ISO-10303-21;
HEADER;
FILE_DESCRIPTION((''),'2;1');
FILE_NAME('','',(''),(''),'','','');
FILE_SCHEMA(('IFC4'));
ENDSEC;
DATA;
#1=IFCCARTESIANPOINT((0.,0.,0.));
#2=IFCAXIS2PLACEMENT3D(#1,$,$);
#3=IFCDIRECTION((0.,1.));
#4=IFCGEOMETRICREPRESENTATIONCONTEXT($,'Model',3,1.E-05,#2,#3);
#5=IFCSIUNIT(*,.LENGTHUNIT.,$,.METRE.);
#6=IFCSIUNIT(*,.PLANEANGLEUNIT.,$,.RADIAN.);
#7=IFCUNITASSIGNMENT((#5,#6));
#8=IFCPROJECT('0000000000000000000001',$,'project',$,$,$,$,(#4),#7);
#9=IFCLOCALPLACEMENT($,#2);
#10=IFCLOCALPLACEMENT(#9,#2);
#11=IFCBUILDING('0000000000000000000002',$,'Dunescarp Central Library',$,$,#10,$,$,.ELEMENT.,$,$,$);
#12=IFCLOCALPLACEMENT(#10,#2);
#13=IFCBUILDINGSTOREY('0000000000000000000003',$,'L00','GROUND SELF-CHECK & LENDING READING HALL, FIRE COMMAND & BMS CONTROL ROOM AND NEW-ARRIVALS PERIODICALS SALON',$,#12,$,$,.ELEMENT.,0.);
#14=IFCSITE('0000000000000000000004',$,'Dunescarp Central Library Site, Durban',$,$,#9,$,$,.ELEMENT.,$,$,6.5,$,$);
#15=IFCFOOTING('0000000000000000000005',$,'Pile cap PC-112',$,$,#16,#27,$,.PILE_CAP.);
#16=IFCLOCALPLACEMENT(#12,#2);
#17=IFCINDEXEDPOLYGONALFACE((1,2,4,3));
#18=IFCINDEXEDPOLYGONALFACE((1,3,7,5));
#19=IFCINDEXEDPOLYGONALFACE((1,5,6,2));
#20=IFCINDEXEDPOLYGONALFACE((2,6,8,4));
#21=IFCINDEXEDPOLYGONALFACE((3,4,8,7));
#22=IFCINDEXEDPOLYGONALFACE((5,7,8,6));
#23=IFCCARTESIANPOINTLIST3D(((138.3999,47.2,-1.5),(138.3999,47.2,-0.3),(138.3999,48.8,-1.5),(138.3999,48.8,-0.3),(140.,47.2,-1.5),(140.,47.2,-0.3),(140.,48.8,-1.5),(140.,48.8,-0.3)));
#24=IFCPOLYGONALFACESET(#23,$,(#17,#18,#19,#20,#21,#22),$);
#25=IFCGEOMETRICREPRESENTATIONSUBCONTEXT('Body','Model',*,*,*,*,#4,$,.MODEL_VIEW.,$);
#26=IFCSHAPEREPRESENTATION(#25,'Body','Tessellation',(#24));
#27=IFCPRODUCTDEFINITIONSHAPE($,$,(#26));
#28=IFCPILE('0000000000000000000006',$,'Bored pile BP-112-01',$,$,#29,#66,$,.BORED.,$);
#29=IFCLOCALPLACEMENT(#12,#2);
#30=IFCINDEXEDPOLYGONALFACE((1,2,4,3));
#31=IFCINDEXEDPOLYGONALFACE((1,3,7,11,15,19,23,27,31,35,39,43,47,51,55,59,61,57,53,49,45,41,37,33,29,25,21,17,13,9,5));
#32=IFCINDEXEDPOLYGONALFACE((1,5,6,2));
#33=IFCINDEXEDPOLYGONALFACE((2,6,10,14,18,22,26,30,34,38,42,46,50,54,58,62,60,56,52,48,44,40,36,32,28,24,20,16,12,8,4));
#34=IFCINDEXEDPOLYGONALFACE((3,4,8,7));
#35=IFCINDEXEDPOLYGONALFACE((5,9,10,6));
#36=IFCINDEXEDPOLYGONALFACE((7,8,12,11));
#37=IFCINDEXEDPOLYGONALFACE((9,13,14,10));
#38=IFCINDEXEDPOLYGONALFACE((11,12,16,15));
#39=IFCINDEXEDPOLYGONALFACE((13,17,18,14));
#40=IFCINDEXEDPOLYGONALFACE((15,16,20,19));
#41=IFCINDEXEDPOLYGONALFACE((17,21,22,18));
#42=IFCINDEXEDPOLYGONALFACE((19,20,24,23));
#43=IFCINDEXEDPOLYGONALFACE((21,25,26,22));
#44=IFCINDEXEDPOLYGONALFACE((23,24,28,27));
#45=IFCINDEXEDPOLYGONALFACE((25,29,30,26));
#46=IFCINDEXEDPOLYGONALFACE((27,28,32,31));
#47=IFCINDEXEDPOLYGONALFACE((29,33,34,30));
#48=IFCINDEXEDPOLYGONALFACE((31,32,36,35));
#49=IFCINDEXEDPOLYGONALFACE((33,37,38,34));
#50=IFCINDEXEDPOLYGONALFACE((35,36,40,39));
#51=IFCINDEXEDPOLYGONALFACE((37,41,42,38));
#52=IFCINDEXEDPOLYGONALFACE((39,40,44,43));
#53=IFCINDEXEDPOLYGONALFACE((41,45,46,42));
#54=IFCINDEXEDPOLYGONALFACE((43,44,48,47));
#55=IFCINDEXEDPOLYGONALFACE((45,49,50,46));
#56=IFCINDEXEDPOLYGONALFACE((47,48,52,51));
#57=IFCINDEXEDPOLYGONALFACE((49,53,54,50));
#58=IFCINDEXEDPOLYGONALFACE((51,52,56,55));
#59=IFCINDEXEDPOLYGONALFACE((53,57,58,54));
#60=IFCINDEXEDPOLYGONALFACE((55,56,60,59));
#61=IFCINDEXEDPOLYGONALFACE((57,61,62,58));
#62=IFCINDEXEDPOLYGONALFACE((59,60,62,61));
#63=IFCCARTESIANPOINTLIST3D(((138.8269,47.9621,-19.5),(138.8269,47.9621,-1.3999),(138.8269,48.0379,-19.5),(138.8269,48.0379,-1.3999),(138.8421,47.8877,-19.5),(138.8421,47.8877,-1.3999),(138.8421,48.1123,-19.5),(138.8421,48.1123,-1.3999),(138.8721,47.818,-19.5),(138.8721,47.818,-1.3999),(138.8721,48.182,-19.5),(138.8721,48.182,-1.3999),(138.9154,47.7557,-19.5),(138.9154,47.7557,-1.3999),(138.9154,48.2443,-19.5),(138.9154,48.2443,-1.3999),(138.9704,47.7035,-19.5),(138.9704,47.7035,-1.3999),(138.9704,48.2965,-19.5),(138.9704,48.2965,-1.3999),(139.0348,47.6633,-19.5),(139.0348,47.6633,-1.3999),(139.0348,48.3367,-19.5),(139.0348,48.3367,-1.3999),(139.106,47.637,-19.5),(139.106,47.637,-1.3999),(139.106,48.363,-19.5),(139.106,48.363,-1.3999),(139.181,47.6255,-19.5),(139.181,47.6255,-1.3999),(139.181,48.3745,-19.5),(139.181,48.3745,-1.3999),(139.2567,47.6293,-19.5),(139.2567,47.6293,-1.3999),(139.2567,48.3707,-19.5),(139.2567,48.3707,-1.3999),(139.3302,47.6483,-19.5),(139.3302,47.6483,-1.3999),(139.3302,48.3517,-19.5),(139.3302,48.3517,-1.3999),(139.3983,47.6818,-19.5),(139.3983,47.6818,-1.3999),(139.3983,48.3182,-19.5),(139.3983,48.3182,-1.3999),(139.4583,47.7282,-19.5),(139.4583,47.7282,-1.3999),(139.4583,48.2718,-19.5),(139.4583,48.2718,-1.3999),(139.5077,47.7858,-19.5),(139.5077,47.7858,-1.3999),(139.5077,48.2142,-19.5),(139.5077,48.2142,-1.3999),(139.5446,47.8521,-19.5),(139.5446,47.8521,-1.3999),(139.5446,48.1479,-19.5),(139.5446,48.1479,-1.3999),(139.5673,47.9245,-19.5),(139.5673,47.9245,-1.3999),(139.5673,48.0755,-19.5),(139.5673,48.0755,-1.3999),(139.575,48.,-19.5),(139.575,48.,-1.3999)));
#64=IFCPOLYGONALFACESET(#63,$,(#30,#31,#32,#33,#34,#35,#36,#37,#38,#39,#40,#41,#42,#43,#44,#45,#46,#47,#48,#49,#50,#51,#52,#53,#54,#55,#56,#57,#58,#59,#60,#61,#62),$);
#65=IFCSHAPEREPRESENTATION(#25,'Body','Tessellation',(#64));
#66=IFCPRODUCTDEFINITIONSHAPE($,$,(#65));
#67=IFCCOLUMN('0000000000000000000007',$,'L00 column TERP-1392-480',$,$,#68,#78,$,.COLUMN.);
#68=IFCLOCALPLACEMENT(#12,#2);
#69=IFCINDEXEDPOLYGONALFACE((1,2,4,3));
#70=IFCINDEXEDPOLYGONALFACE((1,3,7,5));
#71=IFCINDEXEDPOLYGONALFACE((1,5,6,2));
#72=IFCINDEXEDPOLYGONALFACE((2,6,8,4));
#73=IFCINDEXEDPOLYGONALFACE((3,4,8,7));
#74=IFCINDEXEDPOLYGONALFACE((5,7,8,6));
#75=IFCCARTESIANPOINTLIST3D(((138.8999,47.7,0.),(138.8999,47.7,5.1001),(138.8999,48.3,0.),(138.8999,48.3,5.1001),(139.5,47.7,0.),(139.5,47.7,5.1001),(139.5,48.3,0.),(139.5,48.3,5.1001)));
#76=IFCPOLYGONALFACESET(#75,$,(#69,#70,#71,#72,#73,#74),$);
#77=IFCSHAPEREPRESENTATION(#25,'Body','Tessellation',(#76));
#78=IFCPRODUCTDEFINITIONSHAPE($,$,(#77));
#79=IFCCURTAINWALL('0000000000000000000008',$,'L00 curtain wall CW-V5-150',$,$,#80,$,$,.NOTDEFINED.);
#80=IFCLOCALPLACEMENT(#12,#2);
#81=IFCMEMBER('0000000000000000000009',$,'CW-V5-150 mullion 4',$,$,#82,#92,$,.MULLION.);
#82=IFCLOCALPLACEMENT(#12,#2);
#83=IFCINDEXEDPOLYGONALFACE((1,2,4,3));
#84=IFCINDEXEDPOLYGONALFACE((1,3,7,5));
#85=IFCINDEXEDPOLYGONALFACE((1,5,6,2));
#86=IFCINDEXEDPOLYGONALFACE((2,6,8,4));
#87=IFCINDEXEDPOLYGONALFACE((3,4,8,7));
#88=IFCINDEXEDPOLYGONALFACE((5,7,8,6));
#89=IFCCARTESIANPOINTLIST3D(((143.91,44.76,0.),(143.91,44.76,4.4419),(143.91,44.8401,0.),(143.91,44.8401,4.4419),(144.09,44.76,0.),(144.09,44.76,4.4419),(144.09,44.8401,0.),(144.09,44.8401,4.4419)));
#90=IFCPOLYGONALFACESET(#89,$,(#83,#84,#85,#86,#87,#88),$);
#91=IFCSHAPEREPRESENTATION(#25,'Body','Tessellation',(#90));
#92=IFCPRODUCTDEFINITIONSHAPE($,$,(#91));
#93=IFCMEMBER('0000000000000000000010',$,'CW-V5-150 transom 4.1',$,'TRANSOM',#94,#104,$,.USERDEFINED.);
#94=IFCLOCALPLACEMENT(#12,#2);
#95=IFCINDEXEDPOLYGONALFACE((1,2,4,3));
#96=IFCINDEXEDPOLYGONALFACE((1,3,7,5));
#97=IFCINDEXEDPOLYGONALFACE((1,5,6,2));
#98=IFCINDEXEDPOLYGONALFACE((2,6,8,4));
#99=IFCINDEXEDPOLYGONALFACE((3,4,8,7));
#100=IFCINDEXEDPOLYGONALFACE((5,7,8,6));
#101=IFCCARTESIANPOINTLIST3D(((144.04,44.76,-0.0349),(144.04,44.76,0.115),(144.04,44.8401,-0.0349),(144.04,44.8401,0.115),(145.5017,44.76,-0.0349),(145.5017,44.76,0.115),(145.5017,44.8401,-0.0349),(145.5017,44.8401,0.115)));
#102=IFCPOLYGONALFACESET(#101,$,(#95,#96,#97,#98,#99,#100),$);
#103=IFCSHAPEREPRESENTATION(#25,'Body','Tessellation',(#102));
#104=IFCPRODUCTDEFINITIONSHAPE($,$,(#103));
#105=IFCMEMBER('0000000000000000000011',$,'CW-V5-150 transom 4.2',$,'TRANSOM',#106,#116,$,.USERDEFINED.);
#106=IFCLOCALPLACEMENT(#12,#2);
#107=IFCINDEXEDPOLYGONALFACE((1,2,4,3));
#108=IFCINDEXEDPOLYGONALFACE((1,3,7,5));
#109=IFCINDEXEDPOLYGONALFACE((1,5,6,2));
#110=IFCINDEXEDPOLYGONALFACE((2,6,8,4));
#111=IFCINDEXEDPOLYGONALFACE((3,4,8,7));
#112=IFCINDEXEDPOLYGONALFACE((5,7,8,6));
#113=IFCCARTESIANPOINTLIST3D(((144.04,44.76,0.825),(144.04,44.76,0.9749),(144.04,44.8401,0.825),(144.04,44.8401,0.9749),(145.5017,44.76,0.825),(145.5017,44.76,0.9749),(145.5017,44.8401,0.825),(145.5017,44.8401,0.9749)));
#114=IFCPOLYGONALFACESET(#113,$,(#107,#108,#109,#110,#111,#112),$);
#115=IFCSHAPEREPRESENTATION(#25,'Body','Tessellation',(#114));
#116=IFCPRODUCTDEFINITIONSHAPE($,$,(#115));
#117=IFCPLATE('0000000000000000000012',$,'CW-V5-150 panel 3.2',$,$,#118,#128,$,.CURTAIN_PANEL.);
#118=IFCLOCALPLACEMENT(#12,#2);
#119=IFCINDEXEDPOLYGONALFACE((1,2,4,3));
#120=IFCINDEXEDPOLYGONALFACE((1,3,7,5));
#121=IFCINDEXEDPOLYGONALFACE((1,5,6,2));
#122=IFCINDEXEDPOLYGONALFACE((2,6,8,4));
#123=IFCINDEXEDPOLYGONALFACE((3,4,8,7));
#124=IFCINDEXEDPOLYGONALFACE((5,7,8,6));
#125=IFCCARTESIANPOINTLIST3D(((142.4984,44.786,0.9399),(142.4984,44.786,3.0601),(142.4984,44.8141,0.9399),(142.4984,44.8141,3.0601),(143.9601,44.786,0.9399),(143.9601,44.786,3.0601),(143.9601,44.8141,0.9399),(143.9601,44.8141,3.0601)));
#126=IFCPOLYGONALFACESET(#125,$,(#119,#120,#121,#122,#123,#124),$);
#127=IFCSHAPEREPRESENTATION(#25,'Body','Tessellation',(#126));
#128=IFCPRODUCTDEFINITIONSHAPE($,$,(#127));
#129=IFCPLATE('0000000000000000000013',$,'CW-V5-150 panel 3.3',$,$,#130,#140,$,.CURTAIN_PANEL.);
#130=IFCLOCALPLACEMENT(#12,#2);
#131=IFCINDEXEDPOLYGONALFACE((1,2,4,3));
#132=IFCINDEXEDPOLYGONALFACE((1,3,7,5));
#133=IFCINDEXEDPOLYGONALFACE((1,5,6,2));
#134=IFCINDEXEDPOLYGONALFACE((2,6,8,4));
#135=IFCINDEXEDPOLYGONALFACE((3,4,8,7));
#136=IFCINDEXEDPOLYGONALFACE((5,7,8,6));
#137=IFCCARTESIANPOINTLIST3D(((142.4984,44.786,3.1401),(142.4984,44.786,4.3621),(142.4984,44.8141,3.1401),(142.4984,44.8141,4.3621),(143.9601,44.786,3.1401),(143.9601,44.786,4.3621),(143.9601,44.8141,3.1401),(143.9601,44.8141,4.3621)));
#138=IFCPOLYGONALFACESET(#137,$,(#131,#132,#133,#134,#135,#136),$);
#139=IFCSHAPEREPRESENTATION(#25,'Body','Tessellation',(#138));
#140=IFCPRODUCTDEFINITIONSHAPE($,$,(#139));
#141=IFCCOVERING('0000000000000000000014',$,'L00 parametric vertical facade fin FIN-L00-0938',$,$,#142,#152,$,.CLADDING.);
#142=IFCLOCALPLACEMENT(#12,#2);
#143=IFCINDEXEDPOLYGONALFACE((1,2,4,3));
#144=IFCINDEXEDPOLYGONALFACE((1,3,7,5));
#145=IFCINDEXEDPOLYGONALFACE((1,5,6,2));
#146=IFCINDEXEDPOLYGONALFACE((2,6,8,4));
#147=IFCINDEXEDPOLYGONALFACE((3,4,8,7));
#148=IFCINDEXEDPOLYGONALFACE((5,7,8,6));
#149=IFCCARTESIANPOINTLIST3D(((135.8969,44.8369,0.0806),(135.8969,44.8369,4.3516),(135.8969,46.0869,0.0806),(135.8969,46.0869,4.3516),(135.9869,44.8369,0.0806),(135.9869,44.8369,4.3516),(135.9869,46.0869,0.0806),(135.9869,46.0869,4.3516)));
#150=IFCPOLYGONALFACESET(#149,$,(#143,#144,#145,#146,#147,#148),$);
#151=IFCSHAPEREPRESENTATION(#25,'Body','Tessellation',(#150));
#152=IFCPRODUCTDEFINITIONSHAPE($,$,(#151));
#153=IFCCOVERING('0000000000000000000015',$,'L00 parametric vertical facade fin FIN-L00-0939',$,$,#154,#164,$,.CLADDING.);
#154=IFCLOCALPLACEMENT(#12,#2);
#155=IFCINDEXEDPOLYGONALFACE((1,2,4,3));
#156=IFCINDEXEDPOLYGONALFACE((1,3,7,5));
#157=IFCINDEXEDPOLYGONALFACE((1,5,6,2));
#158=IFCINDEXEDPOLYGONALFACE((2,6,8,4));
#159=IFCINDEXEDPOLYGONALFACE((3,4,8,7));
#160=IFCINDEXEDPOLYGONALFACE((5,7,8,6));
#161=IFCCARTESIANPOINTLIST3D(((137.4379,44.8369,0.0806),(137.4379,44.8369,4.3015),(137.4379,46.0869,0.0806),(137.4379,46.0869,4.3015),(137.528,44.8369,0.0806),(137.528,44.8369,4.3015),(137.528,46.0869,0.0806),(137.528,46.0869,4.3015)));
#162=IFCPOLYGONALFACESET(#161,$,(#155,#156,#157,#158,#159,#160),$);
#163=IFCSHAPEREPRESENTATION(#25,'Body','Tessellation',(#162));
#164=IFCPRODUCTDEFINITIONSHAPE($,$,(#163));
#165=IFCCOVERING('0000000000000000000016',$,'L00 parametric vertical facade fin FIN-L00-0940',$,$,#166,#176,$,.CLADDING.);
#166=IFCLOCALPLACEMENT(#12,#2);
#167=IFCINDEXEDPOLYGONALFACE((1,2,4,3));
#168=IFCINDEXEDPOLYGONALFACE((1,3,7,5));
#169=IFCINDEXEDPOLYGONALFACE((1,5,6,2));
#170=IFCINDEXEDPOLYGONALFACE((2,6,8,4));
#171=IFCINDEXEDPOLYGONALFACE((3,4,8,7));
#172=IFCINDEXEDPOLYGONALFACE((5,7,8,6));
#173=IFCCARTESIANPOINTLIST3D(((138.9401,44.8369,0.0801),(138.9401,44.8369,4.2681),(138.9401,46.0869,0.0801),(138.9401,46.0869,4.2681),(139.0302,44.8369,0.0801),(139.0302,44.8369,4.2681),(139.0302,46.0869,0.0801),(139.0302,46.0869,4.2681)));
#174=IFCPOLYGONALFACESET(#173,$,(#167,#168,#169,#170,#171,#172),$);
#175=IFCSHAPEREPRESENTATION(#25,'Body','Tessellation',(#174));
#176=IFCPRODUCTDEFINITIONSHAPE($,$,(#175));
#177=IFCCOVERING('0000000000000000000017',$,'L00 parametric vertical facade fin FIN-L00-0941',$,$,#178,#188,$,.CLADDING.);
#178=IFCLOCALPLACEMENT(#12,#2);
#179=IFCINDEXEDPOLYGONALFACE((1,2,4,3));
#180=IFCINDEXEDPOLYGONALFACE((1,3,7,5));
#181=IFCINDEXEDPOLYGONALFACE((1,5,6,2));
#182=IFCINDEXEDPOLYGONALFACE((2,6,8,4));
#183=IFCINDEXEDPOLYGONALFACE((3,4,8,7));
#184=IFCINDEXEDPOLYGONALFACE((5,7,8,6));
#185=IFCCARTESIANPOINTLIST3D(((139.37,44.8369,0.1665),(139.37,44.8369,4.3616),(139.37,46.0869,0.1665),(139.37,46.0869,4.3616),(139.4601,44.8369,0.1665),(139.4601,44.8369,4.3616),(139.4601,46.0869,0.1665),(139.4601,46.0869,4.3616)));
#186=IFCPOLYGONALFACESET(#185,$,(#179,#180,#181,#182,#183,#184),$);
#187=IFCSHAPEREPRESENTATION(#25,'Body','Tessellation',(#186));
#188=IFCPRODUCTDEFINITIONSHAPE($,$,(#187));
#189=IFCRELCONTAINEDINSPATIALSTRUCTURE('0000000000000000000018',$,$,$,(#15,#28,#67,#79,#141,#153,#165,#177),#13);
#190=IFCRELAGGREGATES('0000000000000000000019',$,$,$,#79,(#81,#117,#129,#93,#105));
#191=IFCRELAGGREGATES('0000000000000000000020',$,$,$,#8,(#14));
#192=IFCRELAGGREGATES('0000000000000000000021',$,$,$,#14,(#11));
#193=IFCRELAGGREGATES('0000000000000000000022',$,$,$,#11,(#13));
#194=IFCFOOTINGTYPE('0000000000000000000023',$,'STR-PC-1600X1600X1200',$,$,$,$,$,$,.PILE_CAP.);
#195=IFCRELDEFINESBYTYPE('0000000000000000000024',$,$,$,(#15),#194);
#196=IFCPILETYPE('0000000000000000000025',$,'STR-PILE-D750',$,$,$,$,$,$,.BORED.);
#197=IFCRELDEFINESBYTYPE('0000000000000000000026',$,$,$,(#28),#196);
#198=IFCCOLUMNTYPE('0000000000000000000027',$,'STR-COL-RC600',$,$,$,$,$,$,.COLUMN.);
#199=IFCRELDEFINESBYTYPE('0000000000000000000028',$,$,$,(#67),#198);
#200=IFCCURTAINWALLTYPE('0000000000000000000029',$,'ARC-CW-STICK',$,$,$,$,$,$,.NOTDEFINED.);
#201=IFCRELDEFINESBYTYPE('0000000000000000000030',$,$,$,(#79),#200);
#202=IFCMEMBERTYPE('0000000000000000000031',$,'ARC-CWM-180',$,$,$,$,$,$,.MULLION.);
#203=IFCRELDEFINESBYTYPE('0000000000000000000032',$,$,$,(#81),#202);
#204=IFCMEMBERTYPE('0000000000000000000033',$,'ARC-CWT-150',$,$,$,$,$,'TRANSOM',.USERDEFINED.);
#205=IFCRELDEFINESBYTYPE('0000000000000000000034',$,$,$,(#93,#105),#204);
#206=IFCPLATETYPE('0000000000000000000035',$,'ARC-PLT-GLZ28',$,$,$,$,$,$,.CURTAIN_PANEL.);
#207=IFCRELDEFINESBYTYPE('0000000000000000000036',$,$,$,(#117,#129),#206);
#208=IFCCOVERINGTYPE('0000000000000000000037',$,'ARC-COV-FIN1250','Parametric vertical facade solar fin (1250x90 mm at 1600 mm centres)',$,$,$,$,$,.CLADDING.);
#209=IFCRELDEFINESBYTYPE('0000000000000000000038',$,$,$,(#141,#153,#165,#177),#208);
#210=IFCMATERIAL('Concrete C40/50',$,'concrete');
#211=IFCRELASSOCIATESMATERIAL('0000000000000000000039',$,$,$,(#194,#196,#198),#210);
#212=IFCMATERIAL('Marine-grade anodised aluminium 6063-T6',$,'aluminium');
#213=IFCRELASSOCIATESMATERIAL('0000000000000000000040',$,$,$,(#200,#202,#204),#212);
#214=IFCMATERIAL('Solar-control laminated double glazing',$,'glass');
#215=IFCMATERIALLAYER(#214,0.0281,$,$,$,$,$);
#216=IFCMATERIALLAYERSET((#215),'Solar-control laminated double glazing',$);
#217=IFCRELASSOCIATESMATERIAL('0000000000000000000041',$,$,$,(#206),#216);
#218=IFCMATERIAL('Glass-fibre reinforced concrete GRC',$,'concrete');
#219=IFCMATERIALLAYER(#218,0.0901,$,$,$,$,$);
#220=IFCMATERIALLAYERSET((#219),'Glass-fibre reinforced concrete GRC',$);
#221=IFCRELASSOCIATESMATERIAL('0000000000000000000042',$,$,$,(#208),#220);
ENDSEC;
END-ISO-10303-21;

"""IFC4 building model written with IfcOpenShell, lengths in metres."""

from ifc_helpers import new_model, si_unit, direction, frame, origin, origin_2d, place, context, subcontext, project, spatial, rectangle, circle, extrude, material, layer, layer_set, material_profile, profile_set, type_object, element, aggregate, save


model = new_model("IFC4")

# Units and contexts
model_context = context("Model", 3, precision=1e-05, world=origin(), true_north=direction((0.0, 1.0)))
body_context = subcontext(model_context, "Body", "Model", "MODEL_VIEW")
ifc_project = project(units=[si_unit("LENGTHUNIT", "METRE"), si_unit("PLANEANGLEUNIT", "RADIAN")], contexts=[model_context])

# Site, building, storey
site_placement = place(None, origin())
site = spatial("IfcSite", under=ifc_project, at=site_placement, Name="Dunescarp Central Library Site, Durban", CompositionType="ELEMENT", RefElevation=6.5)
building_placement = place(site_placement, origin())
building = spatial("IfcBuilding", under=site, at=building_placement, Name="Dunescarp Central Library", CompositionType="ELEMENT")
storey_placement = place(building_placement, origin())
storey = spatial("IfcBuildingStorey", under=building, at=storey_placement, Name="L00", Description="GROUND SELF-CHECK & LENDING READING HALL, FIRE COMMAND & BMS CONTROL ROOM AND NEW-ARRIVALS PERIODICALS SALON", CompositionType="ELEMENT", Elevation=0.0)

# Footing
ifc_material_1 = material(Name="Concrete C40/50", Category="concrete")
footing_type = type_object("IfcFootingType", Name="STR-PC-1600X1600X1200", PredefinedType="PILE_CAP", material=ifc_material_1)
footing_placement = place(storey_placement, frame((139.2, 48.0, -1.5), z_axis=(0.0, 0.0, 1.0), x_axis=(1.0, 0.0, 0.0)))
element("IfcFooting", 1, at=footing_placement, inside=storey, type_object=footing_type, Name="Pile cap PC-112", PredefinedType="PILE_CAP", context=body_context, shape_type="SweptSolid", body=[
    extrude(rectangle(XDim=1.6001, YDim=1.6001, at=origin_2d()), origin(), (0.0, 0.0, 1.0), 1.2),
])

# Pile
ifc_material_profile_1 = material_profile(ifc_material_1, circle(Radius=0.375, at=origin_2d()), Name="PILE D750")
ifc_profile_set_1 = profile_set([ifc_material_profile_1], Name="Concrete C40/50")
pile_type = type_object("IfcPileType", Name="STR-PILE-D750", PredefinedType="BORED", material=ifc_profile_set_1)
pile_placement = place(storey_placement, frame((139.2, 48.0, -1.3999), z_axis=(0.0, 0.0, -1.0), x_axis=(1.0, 0.0, 0.0)))
element("IfcPile", 2, at=pile_placement, inside=storey, type_object=pile_type, Name="Bored pile BP-112-01", PredefinedType="BORED", context=body_context, shape_type="SweptSolid", body=[
    extrude(circle(Radius=0.375, at=origin_2d()), origin(), (0.0, 0.0, 1.0), 18.1001),
])

# Column
ifc_material_profile_2 = material_profile(ifc_material_1, rectangle(XDim=0.6001, YDim=0.6001, at=origin_2d()), Name="RC 600x600")
ifc_profile_set_2 = profile_set([ifc_material_profile_2], Name="Concrete C40/50")
column_type = type_object("IfcColumnType", Name="STR-COL-RC600", PredefinedType="COLUMN", material=ifc_profile_set_2)
column_placement = place(storey_placement, frame((139.2, 48.0, 0.0), z_axis=(0.0, 0.0, 1.0), x_axis=(1.0, 0.0, 0.0)))
element("IfcColumn", 3, at=column_placement, inside=storey, type_object=column_type, Name="L00 column TERP-1392-480", PredefinedType="COLUMN", context=body_context, shape_type="SweptSolid", body=[
    extrude(rectangle(XDim=0.6001, YDim=0.6001, at=origin_2d()), origin(), (0.0, 0.0, 1.0), 5.1001),
])

# Curtain wall, members, plates
ifc_material_2 = material(Name="Marine-grade anodised aluminium 6063-T6", Category="aluminium")
curtain_wall_type = type_object("IfcCurtainWallType", Name="ARC-CW-STICK", PredefinedType="NOTDEFINED", material=ifc_material_2)
curtain_wall_placement = place(storey_placement, origin())
curtain_wall = element("IfcCurtainWall", 4, at=curtain_wall_placement, inside=storey, type_object=curtain_wall_type, Name="L00 curtain wall CW-V5-150", PredefinedType="NOTDEFINED")
ifc_material_profile_3 = material_profile(ifc_material_2, rectangle(XDim=0.0801, YDim=0.1799, at=origin_2d()), Name="AL 80x180")
ifc_profile_set_3 = profile_set([ifc_material_profile_3], Name="Marine-grade anodised aluminium 6063-T6")
member_type_1 = type_object("IfcMemberType", Name="ARC-CWM-180", PredefinedType="MULLION", material=ifc_profile_set_3)
member_1_placement = place(storey_placement, frame((144.0, 44.8, 0.0), z_axis=(0.0, 0.0, 1.0), x_axis=(0.0, 1.0, 0.0)))
member_1 = element("IfcMember", 5, at=member_1_placement, type_object=member_type_1, Name="CW-V5-150 mullion 4", PredefinedType="MULLION", context=body_context, shape_type="SweptSolid", body=[
    extrude(rectangle(XDim=0.0801, YDim=0.1799, at=origin_2d()), origin(), (0.0, 0.0, 1.0), 4.4419),
])
ifc_material_profile_4 = material_profile(ifc_material_2, rectangle(XDim=0.0801, YDim=0.1499, at=origin_2d()), Name="AL 80x150")
ifc_profile_set_4 = profile_set([ifc_material_profile_4], Name="Marine-grade anodised aluminium 6063-T6")
member_type_2 = type_object("IfcMemberType", Name="ARC-CWT-150", ElementType="TRANSOM", PredefinedType="USERDEFINED", material=ifc_profile_set_4)
member_2_placement = place(storey_placement, frame((144.04, 44.8, 0.04), z_axis=(1.0, 0.0, 0.0), x_axis=(0.0, 1.0, 0.0)))
member_2 = element("IfcMember", 6, at=member_2_placement, type_object=member_type_2, Name="CW-V5-150 transom 4.1", ObjectType="TRANSOM", PredefinedType="USERDEFINED", context=body_context, shape_type="SweptSolid", body=[
    extrude(rectangle(XDim=0.0801, YDim=0.1499, at=origin_2d()), origin(), (0.0, 0.0, 1.0), 1.4617),
])
member_3_placement = place(storey_placement, frame((144.04, 44.8, 0.8999), z_axis=(1.0, 0.0, 0.0), x_axis=(0.0, 1.0, 0.0)))
member_3 = element("IfcMember", 7, at=member_3_placement, type_object=member_type_2, Name="CW-V5-150 transom 4.2", ObjectType="TRANSOM", PredefinedType="USERDEFINED", context=body_context, shape_type="SweptSolid", body=[
    extrude(rectangle(XDim=0.0801, YDim=0.1499, at=origin_2d()), origin(), (0.0, 0.0, 1.0), 1.4617),
])
ifc_material_3 = material(Name="Solar-control laminated double glazing", Category="glass")
ifc_layer_1 = layer(ifc_material_3, 0.0281)
ifc_layer_set_1 = layer_set([ifc_layer_1], Name="Solar-control laminated double glazing")
plate_type = type_object("IfcPlateType", Name="ARC-PLT-GLZ28", PredefinedType="CURTAIN_PANEL", material=ifc_layer_set_1)
plate_1_placement = place(storey_placement, frame((143.2292, 44.8, 0.9399), z_axis=(0.0, 0.0, 1.0), x_axis=(1.0, 0.0, 0.0)))
plate_1 = element("IfcPlate", 8, at=plate_1_placement, type_object=plate_type, Name="CW-V5-150 panel 3.2", PredefinedType="CURTAIN_PANEL", context=body_context, shape_type="SweptSolid", body=[
    extrude(rectangle(XDim=1.4617, YDim=0.0281, at=origin_2d()), origin(), (0.0, 0.0, 1.0), 2.1201),
])
plate_2_placement = place(storey_placement, frame((143.2292, 44.8, 3.1401), z_axis=(0.0, 0.0, 1.0), x_axis=(1.0, 0.0, 0.0)))
plate_2 = element("IfcPlate", 9, at=plate_2_placement, type_object=plate_type, Name="CW-V5-150 panel 3.3", PredefinedType="CURTAIN_PANEL", context=body_context, shape_type="SweptSolid", body=[
    extrude(rectangle(XDim=1.4617, YDim=0.0281, at=origin_2d()), origin(), (0.0, 0.0, 1.0), 1.2219),
])
aggregate(curtain_wall, [member_1, plate_1, plate_2, member_2, member_3])

# Coverings
ifc_material_4 = material(Name="Glass-fibre reinforced concrete GRC", Category="concrete")
ifc_layer_2 = layer(ifc_material_4, 0.0901)
ifc_layer_set_2 = layer_set([ifc_layer_2], Name="Glass-fibre reinforced concrete GRC")
covering_type = type_object("IfcCoveringType", Name="ARC-COV-FIN1250", Description="Parametric vertical facade solar fin (1250x90 mm at 1600 mm centres)", PredefinedType="CLADDING", material=ifc_layer_set_2)
covering_1_placement = place(storey_placement, frame((135.9419, 45.4619, 0.0806), z_axis=(0.0, 0.0, 1.0), x_axis=(0.0, 1.0, 0.0)))
element("IfcCovering", 10, at=covering_1_placement, inside=storey, type_object=covering_type, Name="L00 parametric vertical facade fin FIN-L00-0938", PredefinedType="CLADDING", context=body_context, shape_type="SweptSolid", body=[
    extrude(rectangle(XDim=1.25, YDim=0.0901, at=origin_2d()), origin(), (0.0, 0.0, 1.0), 4.271),
])
covering_2_placement = place(storey_placement, frame((137.4829, 45.4619, 0.0806), z_axis=(0.0, 0.0, 1.0), x_axis=(0.0, 1.0, 0.0)))
element("IfcCovering", 11, at=covering_2_placement, inside=storey, type_object=covering_type, Name="L00 parametric vertical facade fin FIN-L00-0939", PredefinedType="CLADDING", context=body_context, shape_type="SweptSolid", body=[
    extrude(rectangle(XDim=1.25, YDim=0.0901, at=origin_2d()), origin(), (0.0, 0.0, 1.0), 4.2209),
])
covering_3_placement = place(storey_placement, frame((138.9851, 45.4619, 0.0801), z_axis=(0.0, 0.0, 1.0), x_axis=(0.0, 1.0, 0.0)))
element("IfcCovering", 12, at=covering_3_placement, inside=storey, type_object=covering_type, Name="L00 parametric vertical facade fin FIN-L00-0940", PredefinedType="CLADDING", context=body_context, shape_type="SweptSolid", body=[
    extrude(rectangle(XDim=1.25, YDim=0.0901, at=origin_2d()), origin(), (0.0, 0.0, 1.0), 4.188),
])
covering_4_placement = place(storey_placement, frame((139.415, 45.4619, 0.1665), z_axis=(0.0, 0.0, 1.0), x_axis=(0.0, 1.0, 0.0)))
element("IfcCovering", 13, at=covering_4_placement, inside=storey, type_object=covering_type, Name="L00 parametric vertical facade fin FIN-L00-0941", PredefinedType="CLADDING", context=body_context, shape_type="SweptSolid", body=[
    extrude(rectangle(XDim=1.25, YDim=0.0901, at=origin_2d()), origin(), (0.0, 0.0, 1.0), 4.1951),
])

save(model, "model.ifc")
